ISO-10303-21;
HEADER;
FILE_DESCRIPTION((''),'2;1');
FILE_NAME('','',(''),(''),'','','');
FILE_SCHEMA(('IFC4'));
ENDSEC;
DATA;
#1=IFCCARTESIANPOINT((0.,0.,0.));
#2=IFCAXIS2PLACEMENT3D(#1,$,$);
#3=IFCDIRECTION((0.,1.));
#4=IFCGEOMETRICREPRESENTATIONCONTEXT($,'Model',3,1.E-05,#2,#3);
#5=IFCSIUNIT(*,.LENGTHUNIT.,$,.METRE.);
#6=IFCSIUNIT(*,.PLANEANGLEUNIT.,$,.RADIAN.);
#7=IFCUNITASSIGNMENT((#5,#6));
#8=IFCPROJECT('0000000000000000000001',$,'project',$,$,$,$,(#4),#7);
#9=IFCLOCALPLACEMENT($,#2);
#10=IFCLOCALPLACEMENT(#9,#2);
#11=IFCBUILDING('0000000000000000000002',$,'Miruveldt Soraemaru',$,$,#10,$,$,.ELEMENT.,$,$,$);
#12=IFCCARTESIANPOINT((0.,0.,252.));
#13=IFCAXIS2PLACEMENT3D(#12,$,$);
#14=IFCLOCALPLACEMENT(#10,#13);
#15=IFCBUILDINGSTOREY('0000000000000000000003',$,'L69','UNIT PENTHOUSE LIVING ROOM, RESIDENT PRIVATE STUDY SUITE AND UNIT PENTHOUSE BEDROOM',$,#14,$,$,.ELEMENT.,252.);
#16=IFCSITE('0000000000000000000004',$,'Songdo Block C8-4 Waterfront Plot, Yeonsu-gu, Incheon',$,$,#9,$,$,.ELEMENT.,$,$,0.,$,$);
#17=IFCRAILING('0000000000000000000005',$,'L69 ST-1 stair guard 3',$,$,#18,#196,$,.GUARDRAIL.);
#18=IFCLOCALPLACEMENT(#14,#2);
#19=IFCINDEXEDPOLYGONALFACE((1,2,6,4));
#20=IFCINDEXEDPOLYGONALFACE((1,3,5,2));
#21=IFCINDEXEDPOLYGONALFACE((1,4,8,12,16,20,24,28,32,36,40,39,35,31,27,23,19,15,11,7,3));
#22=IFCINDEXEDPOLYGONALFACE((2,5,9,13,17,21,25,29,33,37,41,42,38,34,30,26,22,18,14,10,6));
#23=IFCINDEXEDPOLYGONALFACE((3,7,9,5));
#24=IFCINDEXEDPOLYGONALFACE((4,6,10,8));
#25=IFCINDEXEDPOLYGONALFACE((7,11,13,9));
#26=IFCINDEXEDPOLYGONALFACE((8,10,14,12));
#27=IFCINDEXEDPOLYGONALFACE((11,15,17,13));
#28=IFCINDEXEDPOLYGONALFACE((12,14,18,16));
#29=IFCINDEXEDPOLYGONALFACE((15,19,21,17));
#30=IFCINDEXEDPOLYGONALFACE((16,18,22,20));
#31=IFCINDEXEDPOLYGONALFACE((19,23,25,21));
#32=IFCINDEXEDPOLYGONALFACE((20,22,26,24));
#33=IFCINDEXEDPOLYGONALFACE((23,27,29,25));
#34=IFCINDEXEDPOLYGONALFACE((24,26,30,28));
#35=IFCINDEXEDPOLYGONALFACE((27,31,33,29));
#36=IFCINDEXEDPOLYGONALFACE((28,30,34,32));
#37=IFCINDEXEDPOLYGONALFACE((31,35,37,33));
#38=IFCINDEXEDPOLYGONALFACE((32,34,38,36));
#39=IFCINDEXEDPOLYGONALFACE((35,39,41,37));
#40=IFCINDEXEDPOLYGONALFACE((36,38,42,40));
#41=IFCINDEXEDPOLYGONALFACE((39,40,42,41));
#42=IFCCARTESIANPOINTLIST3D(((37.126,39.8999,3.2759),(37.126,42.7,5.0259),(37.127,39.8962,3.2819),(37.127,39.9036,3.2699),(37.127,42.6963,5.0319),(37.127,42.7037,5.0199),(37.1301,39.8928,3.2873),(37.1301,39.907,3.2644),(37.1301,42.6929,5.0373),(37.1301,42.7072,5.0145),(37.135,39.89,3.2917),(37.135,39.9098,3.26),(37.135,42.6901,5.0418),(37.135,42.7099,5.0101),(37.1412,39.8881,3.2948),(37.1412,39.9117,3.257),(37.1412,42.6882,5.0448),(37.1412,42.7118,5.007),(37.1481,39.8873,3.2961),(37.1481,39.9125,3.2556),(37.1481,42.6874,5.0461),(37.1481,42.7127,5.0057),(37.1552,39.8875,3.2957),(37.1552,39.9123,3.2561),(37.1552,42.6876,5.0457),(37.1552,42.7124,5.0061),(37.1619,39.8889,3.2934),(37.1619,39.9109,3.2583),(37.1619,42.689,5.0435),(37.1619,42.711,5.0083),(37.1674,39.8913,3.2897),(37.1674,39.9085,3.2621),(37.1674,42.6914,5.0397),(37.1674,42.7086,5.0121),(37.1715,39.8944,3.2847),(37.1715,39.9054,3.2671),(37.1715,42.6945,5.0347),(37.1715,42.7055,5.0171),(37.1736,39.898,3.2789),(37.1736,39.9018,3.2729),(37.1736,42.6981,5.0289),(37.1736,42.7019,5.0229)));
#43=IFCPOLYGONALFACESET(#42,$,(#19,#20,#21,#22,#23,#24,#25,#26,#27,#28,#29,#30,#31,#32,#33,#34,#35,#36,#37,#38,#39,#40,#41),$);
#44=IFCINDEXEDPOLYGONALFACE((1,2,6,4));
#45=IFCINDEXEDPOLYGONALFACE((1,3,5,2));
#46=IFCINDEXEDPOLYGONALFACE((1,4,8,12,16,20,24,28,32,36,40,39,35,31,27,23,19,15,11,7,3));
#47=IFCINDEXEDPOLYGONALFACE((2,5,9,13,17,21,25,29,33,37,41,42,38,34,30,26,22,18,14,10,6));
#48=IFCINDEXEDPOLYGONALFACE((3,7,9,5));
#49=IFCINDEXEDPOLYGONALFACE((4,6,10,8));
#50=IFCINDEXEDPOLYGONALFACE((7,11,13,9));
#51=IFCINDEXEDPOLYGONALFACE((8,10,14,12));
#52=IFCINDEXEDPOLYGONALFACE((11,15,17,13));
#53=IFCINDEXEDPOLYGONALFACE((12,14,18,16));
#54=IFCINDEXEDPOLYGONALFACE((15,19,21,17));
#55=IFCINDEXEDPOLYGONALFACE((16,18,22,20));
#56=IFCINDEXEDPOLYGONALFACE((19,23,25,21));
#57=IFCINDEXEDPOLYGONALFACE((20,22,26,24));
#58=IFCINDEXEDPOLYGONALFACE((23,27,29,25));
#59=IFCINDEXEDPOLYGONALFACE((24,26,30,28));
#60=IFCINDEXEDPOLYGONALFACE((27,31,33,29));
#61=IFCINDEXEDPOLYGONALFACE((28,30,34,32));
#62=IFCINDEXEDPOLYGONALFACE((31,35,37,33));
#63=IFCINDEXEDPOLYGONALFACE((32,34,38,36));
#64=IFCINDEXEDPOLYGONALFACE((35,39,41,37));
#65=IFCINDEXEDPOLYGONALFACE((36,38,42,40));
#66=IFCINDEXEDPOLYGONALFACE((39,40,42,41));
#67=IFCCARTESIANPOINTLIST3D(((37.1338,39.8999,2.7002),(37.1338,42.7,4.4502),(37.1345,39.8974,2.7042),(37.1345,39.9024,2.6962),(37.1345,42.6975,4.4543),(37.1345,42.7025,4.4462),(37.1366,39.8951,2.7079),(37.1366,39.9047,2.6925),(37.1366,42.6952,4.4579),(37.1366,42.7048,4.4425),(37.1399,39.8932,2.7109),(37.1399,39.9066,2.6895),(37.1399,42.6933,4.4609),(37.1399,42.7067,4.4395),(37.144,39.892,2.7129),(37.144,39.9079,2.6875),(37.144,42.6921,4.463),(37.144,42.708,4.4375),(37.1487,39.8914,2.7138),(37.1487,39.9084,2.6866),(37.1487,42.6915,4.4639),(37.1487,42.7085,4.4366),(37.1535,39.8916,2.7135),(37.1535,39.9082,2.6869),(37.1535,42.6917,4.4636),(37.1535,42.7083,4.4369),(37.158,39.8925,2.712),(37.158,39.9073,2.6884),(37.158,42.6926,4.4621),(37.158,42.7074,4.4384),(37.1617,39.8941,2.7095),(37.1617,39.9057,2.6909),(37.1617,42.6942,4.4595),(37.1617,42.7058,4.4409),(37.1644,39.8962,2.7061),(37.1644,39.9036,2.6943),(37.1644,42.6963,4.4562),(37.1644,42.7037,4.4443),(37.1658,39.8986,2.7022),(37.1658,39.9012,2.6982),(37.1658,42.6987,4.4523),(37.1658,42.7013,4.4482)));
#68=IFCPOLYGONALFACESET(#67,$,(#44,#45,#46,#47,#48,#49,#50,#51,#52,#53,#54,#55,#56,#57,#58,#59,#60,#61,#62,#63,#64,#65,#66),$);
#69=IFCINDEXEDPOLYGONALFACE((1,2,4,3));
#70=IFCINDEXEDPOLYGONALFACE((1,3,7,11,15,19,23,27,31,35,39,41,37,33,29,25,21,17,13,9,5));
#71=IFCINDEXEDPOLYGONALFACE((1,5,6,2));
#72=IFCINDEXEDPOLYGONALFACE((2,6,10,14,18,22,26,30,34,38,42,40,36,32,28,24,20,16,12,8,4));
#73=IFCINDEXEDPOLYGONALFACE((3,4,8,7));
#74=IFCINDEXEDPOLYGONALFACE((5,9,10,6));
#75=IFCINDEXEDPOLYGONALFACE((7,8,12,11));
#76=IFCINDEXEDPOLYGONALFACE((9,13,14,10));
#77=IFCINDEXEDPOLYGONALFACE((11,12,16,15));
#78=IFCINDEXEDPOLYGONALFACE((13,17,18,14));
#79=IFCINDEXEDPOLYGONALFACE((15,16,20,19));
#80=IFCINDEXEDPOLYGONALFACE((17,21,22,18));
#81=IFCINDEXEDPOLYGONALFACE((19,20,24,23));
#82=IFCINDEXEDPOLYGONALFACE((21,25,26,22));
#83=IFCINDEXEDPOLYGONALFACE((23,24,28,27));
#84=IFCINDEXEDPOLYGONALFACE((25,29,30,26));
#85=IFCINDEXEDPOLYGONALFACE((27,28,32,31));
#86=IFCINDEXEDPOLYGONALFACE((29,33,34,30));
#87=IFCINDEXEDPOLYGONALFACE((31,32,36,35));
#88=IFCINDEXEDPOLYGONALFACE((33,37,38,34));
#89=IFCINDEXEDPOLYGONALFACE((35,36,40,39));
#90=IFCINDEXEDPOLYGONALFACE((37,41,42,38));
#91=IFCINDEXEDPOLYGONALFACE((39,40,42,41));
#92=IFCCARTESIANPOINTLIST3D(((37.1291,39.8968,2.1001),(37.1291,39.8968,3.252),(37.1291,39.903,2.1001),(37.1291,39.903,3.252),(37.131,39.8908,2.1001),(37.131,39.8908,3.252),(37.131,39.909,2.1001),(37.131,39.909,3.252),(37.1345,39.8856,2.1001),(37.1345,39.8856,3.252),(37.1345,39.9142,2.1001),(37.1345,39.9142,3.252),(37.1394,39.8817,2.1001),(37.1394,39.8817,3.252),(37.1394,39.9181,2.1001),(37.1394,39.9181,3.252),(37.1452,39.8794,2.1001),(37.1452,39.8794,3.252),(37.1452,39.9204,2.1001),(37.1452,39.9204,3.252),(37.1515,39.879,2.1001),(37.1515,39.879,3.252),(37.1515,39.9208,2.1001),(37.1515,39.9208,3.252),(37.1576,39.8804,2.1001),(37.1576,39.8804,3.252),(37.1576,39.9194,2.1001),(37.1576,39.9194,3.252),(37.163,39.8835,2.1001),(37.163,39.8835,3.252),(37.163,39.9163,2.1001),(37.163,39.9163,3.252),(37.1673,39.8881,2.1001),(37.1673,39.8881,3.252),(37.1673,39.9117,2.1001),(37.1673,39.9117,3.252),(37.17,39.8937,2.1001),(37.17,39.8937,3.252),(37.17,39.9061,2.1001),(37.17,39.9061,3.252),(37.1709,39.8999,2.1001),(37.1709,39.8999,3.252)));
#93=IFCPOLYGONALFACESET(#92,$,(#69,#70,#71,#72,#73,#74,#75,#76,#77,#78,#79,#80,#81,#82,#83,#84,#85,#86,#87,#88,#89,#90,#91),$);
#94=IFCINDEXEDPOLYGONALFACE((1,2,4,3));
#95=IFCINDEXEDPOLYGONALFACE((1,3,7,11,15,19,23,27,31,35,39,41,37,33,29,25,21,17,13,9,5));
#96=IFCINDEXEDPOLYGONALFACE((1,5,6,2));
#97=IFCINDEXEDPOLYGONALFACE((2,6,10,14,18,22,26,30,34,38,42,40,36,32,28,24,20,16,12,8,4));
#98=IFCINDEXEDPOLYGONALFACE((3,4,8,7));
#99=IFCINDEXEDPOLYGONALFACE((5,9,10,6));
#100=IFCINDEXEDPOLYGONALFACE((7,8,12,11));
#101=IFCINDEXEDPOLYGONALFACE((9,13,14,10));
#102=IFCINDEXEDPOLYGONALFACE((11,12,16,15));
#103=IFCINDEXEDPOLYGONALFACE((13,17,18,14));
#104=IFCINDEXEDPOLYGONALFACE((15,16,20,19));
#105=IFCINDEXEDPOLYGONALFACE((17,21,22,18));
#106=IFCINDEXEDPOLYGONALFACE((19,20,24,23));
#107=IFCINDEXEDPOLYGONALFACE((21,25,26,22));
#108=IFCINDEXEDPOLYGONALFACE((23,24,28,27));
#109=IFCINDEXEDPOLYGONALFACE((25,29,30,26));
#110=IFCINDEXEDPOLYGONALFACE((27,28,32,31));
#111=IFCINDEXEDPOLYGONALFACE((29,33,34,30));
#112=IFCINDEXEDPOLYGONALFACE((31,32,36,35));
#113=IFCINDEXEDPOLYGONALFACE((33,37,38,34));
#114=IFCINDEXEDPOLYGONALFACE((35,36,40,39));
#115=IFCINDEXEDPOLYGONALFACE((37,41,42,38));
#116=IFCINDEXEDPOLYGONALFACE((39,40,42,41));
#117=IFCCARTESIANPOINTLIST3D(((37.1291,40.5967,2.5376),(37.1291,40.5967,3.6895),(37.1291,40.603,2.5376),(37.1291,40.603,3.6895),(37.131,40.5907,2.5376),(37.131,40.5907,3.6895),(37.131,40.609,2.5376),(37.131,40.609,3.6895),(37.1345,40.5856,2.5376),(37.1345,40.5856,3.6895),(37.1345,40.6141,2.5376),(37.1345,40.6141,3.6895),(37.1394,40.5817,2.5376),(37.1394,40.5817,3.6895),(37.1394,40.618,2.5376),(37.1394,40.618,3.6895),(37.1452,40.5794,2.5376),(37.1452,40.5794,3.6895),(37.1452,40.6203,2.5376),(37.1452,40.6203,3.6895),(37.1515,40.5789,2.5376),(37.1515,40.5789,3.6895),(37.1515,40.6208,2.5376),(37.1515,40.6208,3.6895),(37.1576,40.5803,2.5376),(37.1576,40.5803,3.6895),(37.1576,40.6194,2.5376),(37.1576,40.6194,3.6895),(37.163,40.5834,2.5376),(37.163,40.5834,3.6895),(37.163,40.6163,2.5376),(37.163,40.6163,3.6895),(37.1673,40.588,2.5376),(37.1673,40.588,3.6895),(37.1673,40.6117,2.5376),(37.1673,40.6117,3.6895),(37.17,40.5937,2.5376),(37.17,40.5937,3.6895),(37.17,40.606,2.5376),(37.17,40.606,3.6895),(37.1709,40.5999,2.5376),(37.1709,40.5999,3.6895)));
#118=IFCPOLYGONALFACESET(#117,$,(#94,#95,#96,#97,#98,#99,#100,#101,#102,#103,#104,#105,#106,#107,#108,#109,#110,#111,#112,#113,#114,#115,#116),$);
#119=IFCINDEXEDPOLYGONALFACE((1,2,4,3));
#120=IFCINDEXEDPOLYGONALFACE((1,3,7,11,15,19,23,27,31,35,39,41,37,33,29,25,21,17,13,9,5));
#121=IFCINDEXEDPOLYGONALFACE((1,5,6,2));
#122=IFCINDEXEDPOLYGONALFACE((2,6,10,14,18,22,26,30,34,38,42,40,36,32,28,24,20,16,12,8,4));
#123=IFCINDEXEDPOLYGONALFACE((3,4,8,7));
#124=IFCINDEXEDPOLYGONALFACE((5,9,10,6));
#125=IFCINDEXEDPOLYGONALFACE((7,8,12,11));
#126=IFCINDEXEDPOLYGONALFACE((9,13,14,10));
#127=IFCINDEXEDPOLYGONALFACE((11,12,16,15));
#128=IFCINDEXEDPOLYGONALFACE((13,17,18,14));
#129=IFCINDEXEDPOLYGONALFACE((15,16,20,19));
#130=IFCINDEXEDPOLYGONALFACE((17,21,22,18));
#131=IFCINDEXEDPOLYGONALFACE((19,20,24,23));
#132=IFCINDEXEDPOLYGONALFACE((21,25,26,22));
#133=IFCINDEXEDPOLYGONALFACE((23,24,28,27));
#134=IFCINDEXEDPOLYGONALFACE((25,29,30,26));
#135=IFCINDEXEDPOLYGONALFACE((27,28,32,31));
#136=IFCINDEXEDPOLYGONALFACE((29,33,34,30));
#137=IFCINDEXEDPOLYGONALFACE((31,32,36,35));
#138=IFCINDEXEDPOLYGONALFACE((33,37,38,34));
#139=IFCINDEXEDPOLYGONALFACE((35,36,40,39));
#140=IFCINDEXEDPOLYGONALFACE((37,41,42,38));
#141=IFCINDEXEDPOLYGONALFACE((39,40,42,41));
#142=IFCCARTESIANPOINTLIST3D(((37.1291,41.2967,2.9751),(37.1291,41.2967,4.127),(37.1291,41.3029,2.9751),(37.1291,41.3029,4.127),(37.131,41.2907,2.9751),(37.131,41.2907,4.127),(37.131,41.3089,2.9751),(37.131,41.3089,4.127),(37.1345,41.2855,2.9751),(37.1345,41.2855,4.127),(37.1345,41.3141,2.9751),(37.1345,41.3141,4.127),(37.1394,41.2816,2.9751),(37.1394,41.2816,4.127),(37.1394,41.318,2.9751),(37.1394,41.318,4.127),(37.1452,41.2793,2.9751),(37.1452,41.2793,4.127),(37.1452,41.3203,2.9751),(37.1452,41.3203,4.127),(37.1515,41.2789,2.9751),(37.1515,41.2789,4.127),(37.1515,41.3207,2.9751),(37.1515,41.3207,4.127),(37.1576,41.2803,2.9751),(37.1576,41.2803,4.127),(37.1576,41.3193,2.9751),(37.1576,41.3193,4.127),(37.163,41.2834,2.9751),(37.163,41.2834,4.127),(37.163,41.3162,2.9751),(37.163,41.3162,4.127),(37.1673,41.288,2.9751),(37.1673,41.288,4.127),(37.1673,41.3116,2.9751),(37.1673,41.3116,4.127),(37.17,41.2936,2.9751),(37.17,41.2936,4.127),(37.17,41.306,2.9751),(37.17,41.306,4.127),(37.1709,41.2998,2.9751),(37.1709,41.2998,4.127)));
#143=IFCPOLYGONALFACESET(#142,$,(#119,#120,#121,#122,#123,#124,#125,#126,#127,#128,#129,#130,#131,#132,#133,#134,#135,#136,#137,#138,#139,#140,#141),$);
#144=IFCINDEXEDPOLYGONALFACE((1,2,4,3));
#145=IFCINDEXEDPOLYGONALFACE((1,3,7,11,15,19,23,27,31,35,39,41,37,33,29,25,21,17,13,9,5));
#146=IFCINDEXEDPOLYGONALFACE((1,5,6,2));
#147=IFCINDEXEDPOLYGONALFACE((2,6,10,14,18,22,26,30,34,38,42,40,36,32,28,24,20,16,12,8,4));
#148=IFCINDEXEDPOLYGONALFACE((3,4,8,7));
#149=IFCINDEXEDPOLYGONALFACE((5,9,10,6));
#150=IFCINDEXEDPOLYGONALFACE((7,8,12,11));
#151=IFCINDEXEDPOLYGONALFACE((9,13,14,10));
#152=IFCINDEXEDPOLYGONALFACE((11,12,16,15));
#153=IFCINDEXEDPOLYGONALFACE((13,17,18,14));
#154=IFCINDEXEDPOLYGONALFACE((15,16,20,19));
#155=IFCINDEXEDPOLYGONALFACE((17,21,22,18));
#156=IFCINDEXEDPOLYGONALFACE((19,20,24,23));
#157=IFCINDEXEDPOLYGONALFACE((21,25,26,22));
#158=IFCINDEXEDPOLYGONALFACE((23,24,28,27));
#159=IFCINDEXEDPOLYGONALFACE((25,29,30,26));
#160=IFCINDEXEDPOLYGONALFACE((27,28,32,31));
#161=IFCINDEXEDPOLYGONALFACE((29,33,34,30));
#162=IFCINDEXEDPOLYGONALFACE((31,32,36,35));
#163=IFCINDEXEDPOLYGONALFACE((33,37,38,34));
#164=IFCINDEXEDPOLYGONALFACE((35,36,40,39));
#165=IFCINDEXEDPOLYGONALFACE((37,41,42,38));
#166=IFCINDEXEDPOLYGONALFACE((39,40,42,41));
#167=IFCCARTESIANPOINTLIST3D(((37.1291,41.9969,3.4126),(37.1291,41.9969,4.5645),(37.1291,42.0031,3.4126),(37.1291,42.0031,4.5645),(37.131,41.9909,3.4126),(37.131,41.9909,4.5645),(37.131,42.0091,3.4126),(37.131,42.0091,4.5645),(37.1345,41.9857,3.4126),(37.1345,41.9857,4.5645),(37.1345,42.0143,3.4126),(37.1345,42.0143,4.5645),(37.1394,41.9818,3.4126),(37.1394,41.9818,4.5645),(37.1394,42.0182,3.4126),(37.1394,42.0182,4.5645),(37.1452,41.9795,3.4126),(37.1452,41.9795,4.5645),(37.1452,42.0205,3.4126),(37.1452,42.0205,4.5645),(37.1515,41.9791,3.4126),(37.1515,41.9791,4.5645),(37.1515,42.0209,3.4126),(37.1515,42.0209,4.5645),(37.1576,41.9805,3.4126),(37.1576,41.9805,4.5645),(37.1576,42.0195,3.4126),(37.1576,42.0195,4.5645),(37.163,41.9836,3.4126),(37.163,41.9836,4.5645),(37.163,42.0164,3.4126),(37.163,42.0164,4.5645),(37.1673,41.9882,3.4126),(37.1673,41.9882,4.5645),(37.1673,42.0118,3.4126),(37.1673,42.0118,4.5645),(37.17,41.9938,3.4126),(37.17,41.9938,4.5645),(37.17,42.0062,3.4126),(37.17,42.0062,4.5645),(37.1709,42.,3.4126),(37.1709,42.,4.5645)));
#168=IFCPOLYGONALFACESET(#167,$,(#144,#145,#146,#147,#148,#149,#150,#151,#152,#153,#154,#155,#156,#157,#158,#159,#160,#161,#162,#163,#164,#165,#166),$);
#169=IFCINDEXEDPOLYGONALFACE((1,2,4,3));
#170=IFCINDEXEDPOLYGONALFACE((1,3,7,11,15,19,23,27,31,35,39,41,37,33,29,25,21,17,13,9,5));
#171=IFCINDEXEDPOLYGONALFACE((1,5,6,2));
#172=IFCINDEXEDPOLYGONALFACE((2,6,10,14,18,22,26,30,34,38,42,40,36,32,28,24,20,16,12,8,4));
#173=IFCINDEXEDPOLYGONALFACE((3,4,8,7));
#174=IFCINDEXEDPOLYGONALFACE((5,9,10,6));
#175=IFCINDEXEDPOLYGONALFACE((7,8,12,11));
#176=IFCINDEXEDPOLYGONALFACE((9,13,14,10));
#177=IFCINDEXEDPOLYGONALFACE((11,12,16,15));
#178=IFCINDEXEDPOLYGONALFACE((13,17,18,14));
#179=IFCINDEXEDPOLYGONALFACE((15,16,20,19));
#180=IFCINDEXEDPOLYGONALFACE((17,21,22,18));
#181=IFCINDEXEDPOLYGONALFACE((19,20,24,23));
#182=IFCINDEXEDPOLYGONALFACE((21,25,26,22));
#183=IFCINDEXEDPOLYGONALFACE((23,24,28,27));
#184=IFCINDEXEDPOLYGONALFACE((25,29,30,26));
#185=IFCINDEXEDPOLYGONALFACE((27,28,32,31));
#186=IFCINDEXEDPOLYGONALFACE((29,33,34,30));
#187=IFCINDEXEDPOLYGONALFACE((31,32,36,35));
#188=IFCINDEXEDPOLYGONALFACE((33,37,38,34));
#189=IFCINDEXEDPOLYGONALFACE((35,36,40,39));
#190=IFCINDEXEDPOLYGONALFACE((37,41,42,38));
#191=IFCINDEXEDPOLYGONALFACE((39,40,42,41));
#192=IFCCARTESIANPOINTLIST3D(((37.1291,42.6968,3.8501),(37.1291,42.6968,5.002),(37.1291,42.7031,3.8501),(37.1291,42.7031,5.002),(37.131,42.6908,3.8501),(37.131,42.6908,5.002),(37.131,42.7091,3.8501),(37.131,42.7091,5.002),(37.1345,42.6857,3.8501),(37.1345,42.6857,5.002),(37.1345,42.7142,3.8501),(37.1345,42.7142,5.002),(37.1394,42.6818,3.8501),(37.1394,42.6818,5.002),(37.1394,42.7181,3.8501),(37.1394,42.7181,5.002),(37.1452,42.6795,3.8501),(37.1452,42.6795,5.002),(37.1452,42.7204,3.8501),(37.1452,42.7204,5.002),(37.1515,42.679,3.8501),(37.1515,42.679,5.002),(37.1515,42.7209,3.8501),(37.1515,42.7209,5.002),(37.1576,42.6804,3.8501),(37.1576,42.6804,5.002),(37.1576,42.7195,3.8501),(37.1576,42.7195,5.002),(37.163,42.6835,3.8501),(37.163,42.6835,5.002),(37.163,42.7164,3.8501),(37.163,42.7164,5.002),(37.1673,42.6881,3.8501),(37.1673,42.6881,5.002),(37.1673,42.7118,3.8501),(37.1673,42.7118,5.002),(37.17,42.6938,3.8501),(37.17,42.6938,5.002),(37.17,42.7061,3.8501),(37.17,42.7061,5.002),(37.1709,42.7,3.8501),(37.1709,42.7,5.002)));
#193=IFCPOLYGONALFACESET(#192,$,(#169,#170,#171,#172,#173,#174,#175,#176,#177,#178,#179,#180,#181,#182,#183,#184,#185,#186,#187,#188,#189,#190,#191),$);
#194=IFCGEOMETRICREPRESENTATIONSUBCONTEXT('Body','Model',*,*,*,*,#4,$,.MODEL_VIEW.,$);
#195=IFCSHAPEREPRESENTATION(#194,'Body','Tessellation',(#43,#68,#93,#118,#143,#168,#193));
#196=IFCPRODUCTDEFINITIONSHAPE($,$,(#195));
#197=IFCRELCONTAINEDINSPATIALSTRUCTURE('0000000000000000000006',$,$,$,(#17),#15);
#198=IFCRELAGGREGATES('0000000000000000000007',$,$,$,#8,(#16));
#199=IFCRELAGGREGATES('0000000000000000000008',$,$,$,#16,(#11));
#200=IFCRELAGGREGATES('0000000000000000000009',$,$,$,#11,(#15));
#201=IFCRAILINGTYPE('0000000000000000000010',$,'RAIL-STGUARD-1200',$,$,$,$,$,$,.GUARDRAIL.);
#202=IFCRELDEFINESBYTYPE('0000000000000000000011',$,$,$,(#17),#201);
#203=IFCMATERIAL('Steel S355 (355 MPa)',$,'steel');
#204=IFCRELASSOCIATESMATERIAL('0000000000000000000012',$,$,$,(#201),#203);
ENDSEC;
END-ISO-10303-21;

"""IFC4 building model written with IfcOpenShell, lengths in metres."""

from ifc_helpers import new_model, si_unit, direction, frame, origin, origin_2d, place, context, subcontext, project, spatial, circle, extrude, material, type_object, element, save


model = new_model("IFC4")

# Units and contexts
model_context = context("Model", 3, precision=1e-05, world=origin(), true_north=direction((0.0, 1.0)))
body_context = subcontext(model_context, "Body", "Model", "MODEL_VIEW")
ifc_project = project(units=[si_unit("LENGTHUNIT", "METRE"), si_unit("PLANEANGLEUNIT", "RADIAN")], contexts=[model_context])

# Site, building, storey
site_placement = place(None, origin())
site = spatial("IfcSite", under=ifc_project, at=site_placement, Name="Songdo Block C8-4 Waterfront Plot, Yeonsu-gu, Incheon", CompositionType="ELEMENT", RefElevation=0.0)
building_placement = place(site_placement, origin())
building = spatial("IfcBuilding", under=site, at=building_placement, Name="Miruveldt Soraemaru", CompositionType="ELEMENT")
storey_placement = place(building_placement, frame((0.0, 0.0, 252.0)))
storey = spatial("IfcBuildingStorey", under=building, at=storey_placement, Name="L69", Description="UNIT PENTHOUSE LIVING ROOM, RESIDENT PRIVATE STUDY SUITE AND UNIT PENTHOUSE BEDROOM", CompositionType="ELEMENT", Elevation=252.0)

# Railing
ifc_material_1 = material(Name="Steel S355 (355 MPa)", Category="steel")
railing_type_1 = type_object("IfcRailingType", Name="RAIL-STGUARD-1200", PredefinedType="GUARDRAIL", material=ifc_material_1)
railing_1_placement = place(storey_placement, frame((37.1499, 39.8999, 2.1001)))
element("IfcRailing", 1, at=railing_1_placement, inside=storey, type_object=railing_type_1, Name="L69 ST-1 stair guard 3", PredefinedType="GUARDRAIL", context=body_context, shape_type="SweptSolid", body=[
    extrude(circle(Radius=0.0239, at=origin_2d()), frame((0.0, 0.0, 1.1758), z_axis=(0.0, 0.848002, 0.529992), x_axis=(-1.0, 0.0, 0.0)), (0.0, 0.0, 1.0), 3.302),
    extrude(circle(Radius=0.0161, at=origin_2d()), frame((0.0, 0.0, 0.6001), z_axis=(0.0, 0.848002, 0.529992), x_axis=(-1.0, 0.0, 0.0)), (0.0, 0.0, 1.0), 3.302),
    extrude(circle(Radius=0.021, at=origin_2d()), origin(), (0.0, 0.0, 1.0), 1.1519),
    extrude(circle(Radius=0.021, at=origin_2d()), frame((0.0, 0.7, 0.4375)), (0.0, 0.0, 1.0), 1.1519),
    extrude(circle(Radius=0.021, at=origin_2d()), frame((0.0, 1.3999, 0.875)), (0.0, 0.0, 1.0), 1.1519),
    extrude(circle(Radius=0.021, at=origin_2d()), frame((0.0, 2.1001, 1.3125)), (0.0, 0.0, 1.0), 1.1519),
    extrude(circle(Radius=0.021, at=origin_2d()), frame((0.0, 2.8, 1.75)), (0.0, 0.0, 1.0), 1.1519),
])

save(model, "model.ifc")
